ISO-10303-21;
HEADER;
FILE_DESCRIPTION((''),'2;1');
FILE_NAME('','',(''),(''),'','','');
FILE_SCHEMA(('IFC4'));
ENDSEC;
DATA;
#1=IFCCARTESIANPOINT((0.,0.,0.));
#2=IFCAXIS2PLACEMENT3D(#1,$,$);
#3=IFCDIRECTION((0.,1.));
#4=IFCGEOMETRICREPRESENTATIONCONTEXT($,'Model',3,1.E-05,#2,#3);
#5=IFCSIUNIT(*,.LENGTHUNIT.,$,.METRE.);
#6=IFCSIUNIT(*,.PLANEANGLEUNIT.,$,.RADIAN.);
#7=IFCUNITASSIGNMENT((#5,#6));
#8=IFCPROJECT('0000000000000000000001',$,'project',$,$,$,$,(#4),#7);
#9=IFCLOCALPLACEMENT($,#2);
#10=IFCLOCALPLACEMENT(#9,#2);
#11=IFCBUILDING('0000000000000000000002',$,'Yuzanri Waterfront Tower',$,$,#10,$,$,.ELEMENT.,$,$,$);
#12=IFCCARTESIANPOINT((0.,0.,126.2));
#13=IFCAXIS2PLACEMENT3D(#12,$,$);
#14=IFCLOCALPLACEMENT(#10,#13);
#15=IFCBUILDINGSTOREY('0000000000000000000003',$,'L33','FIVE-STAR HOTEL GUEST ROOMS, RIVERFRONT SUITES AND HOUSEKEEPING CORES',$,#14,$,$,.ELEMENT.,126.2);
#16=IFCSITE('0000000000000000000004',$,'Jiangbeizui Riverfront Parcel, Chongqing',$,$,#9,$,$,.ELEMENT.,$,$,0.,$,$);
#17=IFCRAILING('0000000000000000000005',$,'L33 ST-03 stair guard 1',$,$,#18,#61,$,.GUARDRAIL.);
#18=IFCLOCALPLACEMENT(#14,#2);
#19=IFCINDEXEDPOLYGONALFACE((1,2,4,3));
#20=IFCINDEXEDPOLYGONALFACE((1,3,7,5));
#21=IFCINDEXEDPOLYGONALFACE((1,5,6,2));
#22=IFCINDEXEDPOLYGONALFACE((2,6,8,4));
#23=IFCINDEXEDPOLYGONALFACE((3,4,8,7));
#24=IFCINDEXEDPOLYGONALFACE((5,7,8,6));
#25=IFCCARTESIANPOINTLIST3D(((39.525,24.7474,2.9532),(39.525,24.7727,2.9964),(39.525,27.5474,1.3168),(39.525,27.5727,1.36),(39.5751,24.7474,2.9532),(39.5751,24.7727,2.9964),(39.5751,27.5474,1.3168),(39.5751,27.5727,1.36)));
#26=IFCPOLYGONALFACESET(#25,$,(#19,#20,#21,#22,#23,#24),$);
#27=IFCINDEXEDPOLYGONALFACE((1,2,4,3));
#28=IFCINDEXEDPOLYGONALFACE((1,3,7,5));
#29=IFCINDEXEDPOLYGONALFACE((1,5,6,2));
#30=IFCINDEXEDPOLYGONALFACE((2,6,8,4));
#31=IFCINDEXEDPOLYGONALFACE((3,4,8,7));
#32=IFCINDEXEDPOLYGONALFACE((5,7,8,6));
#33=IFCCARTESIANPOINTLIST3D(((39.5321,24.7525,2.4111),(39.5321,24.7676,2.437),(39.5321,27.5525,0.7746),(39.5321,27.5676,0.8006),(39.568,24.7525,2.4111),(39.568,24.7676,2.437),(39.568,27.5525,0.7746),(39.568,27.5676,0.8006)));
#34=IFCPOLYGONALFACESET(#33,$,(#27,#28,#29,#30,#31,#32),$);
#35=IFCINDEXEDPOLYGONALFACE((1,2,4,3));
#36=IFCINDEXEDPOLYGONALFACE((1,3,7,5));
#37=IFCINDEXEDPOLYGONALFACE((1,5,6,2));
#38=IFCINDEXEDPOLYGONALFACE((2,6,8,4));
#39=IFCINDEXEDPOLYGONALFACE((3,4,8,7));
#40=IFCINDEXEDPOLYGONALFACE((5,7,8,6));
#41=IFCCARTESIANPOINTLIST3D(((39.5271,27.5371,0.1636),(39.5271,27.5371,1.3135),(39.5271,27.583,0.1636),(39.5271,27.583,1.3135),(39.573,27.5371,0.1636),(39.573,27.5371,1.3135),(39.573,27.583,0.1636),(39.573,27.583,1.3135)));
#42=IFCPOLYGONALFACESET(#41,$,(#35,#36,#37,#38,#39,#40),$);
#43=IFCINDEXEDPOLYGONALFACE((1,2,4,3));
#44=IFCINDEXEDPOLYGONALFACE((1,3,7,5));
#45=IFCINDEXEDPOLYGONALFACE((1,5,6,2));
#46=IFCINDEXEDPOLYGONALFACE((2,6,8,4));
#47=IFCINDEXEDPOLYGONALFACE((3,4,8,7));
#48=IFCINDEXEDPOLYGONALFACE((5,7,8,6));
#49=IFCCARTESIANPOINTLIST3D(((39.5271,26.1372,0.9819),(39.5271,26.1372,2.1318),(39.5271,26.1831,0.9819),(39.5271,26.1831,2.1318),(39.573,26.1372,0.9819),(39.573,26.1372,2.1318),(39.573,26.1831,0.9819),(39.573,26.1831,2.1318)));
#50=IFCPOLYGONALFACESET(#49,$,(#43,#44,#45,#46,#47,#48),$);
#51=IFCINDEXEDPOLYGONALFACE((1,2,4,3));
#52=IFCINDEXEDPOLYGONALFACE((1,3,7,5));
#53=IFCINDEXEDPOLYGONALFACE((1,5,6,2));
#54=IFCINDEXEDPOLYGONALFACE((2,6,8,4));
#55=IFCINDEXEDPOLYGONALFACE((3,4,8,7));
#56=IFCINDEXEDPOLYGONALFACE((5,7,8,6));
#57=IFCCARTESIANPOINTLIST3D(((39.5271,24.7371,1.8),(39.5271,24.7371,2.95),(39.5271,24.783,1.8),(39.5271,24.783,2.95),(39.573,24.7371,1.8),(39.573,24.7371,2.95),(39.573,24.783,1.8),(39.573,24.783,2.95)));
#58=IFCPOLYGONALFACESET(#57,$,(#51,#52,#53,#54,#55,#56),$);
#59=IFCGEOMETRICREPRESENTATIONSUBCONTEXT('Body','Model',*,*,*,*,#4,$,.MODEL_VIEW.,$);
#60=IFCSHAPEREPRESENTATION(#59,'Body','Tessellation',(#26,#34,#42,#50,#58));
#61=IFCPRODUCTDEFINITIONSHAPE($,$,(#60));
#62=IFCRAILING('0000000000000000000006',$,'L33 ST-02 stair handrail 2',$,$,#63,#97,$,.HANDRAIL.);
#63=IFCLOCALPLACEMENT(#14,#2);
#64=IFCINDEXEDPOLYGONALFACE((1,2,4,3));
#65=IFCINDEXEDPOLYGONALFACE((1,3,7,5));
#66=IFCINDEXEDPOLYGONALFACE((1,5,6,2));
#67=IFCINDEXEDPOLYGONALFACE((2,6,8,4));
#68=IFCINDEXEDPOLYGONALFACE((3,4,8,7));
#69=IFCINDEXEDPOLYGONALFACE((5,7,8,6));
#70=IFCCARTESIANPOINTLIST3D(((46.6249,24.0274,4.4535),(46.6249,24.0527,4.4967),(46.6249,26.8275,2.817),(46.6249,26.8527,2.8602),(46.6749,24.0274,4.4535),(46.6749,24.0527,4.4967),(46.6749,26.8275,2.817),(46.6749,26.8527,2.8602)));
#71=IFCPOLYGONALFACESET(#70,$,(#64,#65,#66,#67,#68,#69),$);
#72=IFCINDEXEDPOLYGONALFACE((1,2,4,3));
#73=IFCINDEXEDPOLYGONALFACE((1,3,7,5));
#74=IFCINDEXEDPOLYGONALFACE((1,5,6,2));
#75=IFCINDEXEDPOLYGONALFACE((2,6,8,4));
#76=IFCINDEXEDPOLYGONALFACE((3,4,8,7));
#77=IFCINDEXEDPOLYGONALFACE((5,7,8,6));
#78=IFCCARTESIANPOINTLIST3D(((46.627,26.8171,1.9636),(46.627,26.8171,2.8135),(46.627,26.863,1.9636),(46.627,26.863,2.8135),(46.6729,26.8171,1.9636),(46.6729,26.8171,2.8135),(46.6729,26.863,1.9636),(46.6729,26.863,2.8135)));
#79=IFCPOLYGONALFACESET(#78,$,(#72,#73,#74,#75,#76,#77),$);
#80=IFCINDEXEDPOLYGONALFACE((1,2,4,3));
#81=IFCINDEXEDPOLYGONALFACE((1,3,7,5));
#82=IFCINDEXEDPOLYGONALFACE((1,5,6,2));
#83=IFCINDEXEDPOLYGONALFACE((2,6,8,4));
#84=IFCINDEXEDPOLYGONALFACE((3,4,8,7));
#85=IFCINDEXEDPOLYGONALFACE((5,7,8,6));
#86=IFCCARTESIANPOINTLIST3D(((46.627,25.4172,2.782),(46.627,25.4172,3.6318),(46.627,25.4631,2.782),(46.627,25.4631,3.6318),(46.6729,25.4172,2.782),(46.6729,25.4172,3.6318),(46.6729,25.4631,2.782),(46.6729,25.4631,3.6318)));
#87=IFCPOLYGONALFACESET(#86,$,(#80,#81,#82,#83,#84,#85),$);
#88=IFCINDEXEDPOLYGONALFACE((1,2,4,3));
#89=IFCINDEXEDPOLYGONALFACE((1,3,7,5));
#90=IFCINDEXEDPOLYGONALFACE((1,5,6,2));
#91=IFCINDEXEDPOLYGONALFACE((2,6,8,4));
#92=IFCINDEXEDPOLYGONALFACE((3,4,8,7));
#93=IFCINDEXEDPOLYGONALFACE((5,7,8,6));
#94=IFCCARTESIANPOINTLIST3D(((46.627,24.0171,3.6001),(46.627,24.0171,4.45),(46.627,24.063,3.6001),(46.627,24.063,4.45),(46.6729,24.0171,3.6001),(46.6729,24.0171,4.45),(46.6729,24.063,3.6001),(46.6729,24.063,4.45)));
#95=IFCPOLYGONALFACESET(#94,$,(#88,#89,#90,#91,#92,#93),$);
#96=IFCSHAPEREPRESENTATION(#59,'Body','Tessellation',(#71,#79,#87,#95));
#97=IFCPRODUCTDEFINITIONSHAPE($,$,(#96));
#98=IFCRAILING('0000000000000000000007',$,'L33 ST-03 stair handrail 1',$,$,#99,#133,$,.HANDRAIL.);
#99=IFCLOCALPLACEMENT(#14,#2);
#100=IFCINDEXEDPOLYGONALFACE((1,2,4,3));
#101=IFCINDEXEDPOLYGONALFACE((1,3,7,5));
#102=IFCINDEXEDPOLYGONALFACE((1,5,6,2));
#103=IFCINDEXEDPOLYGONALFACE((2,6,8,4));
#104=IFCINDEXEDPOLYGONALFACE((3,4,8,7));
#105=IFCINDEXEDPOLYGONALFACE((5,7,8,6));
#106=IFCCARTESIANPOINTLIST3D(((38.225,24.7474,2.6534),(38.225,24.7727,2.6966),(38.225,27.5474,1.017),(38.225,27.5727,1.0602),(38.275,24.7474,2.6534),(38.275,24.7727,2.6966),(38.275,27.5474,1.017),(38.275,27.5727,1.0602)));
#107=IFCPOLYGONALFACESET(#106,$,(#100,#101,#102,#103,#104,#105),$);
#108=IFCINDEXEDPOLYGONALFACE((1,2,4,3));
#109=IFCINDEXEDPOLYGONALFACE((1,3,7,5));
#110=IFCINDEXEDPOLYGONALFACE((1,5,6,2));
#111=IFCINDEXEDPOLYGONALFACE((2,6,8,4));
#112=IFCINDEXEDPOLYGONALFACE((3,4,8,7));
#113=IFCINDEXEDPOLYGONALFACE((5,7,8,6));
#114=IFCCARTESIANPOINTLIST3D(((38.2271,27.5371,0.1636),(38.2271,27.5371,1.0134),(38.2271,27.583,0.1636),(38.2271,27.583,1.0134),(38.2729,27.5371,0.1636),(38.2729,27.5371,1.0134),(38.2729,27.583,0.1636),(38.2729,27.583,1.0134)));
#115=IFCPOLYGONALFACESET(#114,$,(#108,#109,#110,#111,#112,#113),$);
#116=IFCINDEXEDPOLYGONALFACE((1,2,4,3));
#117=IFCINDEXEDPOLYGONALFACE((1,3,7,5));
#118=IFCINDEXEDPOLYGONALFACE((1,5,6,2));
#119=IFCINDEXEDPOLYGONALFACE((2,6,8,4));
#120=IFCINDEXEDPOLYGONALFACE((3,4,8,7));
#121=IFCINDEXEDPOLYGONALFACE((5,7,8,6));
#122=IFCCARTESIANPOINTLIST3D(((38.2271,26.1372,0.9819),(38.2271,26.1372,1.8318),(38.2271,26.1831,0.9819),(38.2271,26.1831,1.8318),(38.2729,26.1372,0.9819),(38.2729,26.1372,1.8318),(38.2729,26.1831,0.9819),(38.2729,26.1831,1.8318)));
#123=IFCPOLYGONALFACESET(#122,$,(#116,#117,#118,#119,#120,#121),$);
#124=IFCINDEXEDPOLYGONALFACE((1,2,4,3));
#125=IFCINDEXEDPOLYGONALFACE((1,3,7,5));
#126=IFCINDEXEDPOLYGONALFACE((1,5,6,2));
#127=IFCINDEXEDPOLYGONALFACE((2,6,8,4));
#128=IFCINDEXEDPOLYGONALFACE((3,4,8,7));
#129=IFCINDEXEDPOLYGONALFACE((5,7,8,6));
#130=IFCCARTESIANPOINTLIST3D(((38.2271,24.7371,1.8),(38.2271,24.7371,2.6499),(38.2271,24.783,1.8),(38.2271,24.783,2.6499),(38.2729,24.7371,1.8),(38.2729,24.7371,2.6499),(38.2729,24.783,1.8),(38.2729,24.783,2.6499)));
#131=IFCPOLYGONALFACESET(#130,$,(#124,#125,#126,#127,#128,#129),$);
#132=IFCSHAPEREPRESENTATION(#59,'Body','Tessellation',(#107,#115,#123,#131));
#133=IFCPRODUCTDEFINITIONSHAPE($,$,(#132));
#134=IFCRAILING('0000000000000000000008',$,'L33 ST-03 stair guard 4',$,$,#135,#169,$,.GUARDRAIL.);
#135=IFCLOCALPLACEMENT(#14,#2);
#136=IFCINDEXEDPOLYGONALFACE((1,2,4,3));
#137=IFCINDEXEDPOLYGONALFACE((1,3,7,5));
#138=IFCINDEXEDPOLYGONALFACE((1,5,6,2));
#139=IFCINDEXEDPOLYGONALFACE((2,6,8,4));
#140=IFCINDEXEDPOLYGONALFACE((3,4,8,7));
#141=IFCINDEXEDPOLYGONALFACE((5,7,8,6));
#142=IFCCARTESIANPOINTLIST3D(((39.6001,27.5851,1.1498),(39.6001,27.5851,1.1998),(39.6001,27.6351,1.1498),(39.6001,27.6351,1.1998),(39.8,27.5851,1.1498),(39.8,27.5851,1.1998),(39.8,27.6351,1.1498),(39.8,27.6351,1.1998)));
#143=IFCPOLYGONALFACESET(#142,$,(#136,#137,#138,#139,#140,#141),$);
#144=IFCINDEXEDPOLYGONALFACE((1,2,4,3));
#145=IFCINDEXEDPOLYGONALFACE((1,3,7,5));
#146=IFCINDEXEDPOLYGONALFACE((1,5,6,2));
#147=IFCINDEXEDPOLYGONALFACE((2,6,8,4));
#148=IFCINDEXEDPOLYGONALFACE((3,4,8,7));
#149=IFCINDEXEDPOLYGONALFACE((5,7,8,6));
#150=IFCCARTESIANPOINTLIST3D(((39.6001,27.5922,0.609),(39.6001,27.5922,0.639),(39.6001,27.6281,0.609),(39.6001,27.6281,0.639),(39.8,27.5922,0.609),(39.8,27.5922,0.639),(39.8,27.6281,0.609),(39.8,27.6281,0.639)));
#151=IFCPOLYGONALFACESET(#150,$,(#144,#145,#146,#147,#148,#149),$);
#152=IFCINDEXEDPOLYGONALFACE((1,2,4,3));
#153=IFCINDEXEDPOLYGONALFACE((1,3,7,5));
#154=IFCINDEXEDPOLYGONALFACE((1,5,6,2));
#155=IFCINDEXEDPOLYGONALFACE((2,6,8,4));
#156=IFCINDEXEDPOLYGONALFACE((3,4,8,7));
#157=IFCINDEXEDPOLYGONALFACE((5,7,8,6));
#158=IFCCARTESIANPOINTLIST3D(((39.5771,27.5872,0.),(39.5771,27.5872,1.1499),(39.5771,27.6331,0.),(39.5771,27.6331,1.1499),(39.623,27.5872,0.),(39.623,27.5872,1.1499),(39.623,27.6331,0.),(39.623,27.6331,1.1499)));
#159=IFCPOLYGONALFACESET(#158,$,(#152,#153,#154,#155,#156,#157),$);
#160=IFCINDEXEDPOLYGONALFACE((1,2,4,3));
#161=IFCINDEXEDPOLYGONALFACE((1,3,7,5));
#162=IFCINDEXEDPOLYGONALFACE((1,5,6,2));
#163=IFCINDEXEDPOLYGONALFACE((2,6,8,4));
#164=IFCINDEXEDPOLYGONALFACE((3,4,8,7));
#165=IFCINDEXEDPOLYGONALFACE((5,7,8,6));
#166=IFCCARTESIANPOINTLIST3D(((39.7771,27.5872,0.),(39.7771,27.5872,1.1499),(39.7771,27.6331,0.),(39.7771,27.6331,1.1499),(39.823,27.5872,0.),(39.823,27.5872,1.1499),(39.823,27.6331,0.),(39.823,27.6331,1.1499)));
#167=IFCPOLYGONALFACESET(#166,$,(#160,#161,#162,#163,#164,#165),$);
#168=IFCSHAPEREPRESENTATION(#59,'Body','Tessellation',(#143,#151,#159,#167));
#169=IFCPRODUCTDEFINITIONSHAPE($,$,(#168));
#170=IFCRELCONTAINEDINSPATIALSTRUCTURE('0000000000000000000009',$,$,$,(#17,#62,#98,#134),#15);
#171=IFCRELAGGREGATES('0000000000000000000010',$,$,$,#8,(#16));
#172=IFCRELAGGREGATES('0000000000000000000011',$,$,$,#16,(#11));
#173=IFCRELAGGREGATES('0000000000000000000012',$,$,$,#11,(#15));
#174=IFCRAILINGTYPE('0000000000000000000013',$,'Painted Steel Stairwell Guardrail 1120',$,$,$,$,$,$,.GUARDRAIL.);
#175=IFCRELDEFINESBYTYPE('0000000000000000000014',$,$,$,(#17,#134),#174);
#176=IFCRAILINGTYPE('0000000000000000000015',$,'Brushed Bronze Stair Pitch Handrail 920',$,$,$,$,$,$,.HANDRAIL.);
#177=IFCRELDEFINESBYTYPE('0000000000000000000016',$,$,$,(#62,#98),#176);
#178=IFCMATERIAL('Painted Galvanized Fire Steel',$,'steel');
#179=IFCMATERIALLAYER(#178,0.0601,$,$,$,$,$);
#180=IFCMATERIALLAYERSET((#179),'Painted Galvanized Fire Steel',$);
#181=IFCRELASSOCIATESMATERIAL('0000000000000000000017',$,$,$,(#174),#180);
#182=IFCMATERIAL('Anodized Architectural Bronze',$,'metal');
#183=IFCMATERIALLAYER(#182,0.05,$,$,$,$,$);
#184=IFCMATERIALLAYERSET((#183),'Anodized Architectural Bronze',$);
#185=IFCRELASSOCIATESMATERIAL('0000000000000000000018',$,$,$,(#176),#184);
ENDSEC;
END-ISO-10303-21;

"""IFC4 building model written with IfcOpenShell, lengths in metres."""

from ifc_helpers import new_model, si_unit, direction, frame, origin, origin_2d, place, context, subcontext, project, spatial, rectangle, extrude, source, transform, mapped, material, layer, layer_set, type_object, element, save


model = new_model("IFC4")

# Units and contexts
model_context = context("Model", 3, precision=1e-05, world=origin(), true_north=direction((0.0, 1.0)))
body_context = subcontext(model_context, "Body", "Model", "MODEL_VIEW")
ifc_project = project(units=[si_unit("LENGTHUNIT", "METRE"), si_unit("PLANEANGLEUNIT", "RADIAN")], contexts=[model_context])

# Site, building, storey
site_placement = place(None, origin())
site = spatial("IfcSite", under=ifc_project, at=site_placement, Name="Jiangbeizui Riverfront Parcel, Chongqing", CompositionType="ELEMENT", RefElevation=0.0)
building_placement = place(site_placement, origin())
building = spatial("IfcBuilding", under=site, at=building_placement, Name="Yuzanri Waterfront Tower", CompositionType="ELEMENT")
storey_placement = place(building_placement, frame((0.0, 0.0, 126.2)))
storey = spatial("IfcBuildingStorey", under=building, at=storey_placement, Name="L33", Description="FIVE-STAR HOTEL GUEST ROOMS, RIVERFRONT SUITES AND HOUSEKEEPING CORES", CompositionType="ELEMENT", Elevation=126.2)

# Railings
ifc_material_1 = material(Name="Painted Galvanized Fire Steel", Category="steel")
ifc_layer_1 = layer(ifc_material_1, 0.0601)
ifc_layer_set_1 = layer_set([ifc_layer_1], Name="Painted Galvanized Fire Steel")
railing_type_1 = type_object("IfcRailingType", Name="Painted Steel Stairwell Guardrail 1120", PredefinedType="GUARDRAIL", material=ifc_layer_set_1)
shared_shape_1 = source(origin(), body_context, "Body", "SweptSolid", [
    extrude(rectangle(XDim=0.05, YDim=0.05, at=origin_2d()), frame((0.0, 0.0, 1.1748), z_axis=(0.0, -0.863361, 0.504587), x_axis=(1.0, 0.0, 0.0)), (0.0, 0.0, 1.0), 3.2432),
    extrude(rectangle(XDim=0.0359, YDim=0.03, at=origin_2d()), frame((0.0, 0.0, 0.624), z_axis=(0.0, -0.863361, 0.504587), x_axis=(1.0, 0.0, 0.0)), (0.0, 0.0, 1.0), 3.2432),
    extrude(rectangle(XDim=0.0459, YDim=0.0459, at=origin_2d()), origin(), (0.0, 0.0, 1.0), 1.1499),
    extrude(rectangle(XDim=0.0459, YDim=0.0459, at=origin_2d()), frame((0.0, -1.3999, 0.8184)), (0.0, 0.0, 1.0), 1.1499),
    extrude(rectangle(XDim=0.0459, YDim=0.0459, at=origin_2d()), frame((0.0, -2.8, 1.6365)), (0.0, 0.0, 1.0), 1.1499),
])
for number, where, name in (
    (1, (39.55, 27.5601, 0.1636), "L33 ST-03 stair guard 1"),
):
    element("IfcRailing", number, at=place(storey_placement, frame(where)), inside=storey, type_object=railing_type_1, Name=name, PredefinedType="GUARDRAIL", context=body_context, shape_type="MappedRepresentation", body=[
        mapped(shared_shape_1, transform((0.0, 0.0, 0.0), scale=1.0)),
    ])
ifc_material_2 = material(Name="Anodized Architectural Bronze", Category="metal")
ifc_layer_2 = layer(ifc_material_2, 0.05)
ifc_layer_set_2 = layer_set([ifc_layer_2], Name="Anodized Architectural Bronze")
railing_type_2 = type_object("IfcRailingType", Name="Brushed Bronze Stair Pitch Handrail 920", PredefinedType="HANDRAIL", material=ifc_layer_set_2)
shared_shape_2 = source(origin(), body_context, "Body", "SweptSolid", [
    extrude(rectangle(XDim=0.05, YDim=0.05, at=origin_2d()), frame((0.0, 0.0, 0.875), z_axis=(0.0, -0.863361, 0.504587), x_axis=(1.0, 0.0, 0.0)), (0.0, 0.0, 1.0), 3.2432),
    extrude(rectangle(XDim=0.0459, YDim=0.0459, at=origin_2d()), origin(), (0.0, 0.0, 1.0), 0.8499),
    extrude(rectangle(XDim=0.0459, YDim=0.0459, at=origin_2d()), frame((0.0, -1.3999, 0.8184)), (0.0, 0.0, 1.0), 0.8499),
    extrude(rectangle(XDim=0.0459, YDim=0.0459, at=origin_2d()), frame((0.0, -2.8, 1.6365)), (0.0, 0.0, 1.0), 0.8499),
])
for number, where, name in (
    (2, (46.6499, 26.8401, 1.9636), "L33 ST-02 stair handrail 2"),
    (3, (38.25, 27.5601, 0.1636), "L33 ST-03 stair handrail 1"),
):
    element("IfcRailing", number, at=place(storey_placement, frame(where)), inside=storey, type_object=railing_type_2, Name=name, PredefinedType="HANDRAIL", context=body_context, shape_type="MappedRepresentation", body=[
        mapped(shared_shape_2, transform((0.0, 0.0, 0.0), scale=1.0)),
    ])
shared_shape_3 = source(origin(), body_context, "Body", "SweptSolid", [
    extrude(rectangle(XDim=0.05, YDim=0.05, at=origin_2d()), frame((0.0, 0.0, 1.1748), z_axis=(1.0, 0.0, 0.0), x_axis=(0.0, 1.0, 0.0)), (0.0, 0.0, 1.0), 0.2),
    extrude(rectangle(XDim=0.0359, YDim=0.03, at=origin_2d()), frame((0.0, 0.0, 0.624), z_axis=(1.0, 0.0, 0.0), x_axis=(0.0, 1.0, 0.0)), (0.0, 0.0, 1.0), 0.2),
    extrude(rectangle(XDim=0.0459, YDim=0.0459, at=origin_2d()), origin(), (0.0, 0.0, 1.0), 1.1499),
    extrude(rectangle(XDim=0.0459, YDim=0.0459, at=origin_2d()), frame((0.2, 0.0, 0.0)), (0.0, 0.0, 1.0), 1.1499),
])
railing_1_placement = place(storey_placement, frame((39.6001, 27.6101, 0.0)))
element("IfcRailing", 4, at=railing_1_placement, inside=storey, type_object=railing_type_1, Name="L33 ST-03 stair guard 4", PredefinedType="GUARDRAIL", context=body_context, shape_type="MappedRepresentation", body=[
    mapped(shared_shape_3, transform((0.0, 0.0, 0.0), scale=1.0)),
])

save(model, "model.ifc")
